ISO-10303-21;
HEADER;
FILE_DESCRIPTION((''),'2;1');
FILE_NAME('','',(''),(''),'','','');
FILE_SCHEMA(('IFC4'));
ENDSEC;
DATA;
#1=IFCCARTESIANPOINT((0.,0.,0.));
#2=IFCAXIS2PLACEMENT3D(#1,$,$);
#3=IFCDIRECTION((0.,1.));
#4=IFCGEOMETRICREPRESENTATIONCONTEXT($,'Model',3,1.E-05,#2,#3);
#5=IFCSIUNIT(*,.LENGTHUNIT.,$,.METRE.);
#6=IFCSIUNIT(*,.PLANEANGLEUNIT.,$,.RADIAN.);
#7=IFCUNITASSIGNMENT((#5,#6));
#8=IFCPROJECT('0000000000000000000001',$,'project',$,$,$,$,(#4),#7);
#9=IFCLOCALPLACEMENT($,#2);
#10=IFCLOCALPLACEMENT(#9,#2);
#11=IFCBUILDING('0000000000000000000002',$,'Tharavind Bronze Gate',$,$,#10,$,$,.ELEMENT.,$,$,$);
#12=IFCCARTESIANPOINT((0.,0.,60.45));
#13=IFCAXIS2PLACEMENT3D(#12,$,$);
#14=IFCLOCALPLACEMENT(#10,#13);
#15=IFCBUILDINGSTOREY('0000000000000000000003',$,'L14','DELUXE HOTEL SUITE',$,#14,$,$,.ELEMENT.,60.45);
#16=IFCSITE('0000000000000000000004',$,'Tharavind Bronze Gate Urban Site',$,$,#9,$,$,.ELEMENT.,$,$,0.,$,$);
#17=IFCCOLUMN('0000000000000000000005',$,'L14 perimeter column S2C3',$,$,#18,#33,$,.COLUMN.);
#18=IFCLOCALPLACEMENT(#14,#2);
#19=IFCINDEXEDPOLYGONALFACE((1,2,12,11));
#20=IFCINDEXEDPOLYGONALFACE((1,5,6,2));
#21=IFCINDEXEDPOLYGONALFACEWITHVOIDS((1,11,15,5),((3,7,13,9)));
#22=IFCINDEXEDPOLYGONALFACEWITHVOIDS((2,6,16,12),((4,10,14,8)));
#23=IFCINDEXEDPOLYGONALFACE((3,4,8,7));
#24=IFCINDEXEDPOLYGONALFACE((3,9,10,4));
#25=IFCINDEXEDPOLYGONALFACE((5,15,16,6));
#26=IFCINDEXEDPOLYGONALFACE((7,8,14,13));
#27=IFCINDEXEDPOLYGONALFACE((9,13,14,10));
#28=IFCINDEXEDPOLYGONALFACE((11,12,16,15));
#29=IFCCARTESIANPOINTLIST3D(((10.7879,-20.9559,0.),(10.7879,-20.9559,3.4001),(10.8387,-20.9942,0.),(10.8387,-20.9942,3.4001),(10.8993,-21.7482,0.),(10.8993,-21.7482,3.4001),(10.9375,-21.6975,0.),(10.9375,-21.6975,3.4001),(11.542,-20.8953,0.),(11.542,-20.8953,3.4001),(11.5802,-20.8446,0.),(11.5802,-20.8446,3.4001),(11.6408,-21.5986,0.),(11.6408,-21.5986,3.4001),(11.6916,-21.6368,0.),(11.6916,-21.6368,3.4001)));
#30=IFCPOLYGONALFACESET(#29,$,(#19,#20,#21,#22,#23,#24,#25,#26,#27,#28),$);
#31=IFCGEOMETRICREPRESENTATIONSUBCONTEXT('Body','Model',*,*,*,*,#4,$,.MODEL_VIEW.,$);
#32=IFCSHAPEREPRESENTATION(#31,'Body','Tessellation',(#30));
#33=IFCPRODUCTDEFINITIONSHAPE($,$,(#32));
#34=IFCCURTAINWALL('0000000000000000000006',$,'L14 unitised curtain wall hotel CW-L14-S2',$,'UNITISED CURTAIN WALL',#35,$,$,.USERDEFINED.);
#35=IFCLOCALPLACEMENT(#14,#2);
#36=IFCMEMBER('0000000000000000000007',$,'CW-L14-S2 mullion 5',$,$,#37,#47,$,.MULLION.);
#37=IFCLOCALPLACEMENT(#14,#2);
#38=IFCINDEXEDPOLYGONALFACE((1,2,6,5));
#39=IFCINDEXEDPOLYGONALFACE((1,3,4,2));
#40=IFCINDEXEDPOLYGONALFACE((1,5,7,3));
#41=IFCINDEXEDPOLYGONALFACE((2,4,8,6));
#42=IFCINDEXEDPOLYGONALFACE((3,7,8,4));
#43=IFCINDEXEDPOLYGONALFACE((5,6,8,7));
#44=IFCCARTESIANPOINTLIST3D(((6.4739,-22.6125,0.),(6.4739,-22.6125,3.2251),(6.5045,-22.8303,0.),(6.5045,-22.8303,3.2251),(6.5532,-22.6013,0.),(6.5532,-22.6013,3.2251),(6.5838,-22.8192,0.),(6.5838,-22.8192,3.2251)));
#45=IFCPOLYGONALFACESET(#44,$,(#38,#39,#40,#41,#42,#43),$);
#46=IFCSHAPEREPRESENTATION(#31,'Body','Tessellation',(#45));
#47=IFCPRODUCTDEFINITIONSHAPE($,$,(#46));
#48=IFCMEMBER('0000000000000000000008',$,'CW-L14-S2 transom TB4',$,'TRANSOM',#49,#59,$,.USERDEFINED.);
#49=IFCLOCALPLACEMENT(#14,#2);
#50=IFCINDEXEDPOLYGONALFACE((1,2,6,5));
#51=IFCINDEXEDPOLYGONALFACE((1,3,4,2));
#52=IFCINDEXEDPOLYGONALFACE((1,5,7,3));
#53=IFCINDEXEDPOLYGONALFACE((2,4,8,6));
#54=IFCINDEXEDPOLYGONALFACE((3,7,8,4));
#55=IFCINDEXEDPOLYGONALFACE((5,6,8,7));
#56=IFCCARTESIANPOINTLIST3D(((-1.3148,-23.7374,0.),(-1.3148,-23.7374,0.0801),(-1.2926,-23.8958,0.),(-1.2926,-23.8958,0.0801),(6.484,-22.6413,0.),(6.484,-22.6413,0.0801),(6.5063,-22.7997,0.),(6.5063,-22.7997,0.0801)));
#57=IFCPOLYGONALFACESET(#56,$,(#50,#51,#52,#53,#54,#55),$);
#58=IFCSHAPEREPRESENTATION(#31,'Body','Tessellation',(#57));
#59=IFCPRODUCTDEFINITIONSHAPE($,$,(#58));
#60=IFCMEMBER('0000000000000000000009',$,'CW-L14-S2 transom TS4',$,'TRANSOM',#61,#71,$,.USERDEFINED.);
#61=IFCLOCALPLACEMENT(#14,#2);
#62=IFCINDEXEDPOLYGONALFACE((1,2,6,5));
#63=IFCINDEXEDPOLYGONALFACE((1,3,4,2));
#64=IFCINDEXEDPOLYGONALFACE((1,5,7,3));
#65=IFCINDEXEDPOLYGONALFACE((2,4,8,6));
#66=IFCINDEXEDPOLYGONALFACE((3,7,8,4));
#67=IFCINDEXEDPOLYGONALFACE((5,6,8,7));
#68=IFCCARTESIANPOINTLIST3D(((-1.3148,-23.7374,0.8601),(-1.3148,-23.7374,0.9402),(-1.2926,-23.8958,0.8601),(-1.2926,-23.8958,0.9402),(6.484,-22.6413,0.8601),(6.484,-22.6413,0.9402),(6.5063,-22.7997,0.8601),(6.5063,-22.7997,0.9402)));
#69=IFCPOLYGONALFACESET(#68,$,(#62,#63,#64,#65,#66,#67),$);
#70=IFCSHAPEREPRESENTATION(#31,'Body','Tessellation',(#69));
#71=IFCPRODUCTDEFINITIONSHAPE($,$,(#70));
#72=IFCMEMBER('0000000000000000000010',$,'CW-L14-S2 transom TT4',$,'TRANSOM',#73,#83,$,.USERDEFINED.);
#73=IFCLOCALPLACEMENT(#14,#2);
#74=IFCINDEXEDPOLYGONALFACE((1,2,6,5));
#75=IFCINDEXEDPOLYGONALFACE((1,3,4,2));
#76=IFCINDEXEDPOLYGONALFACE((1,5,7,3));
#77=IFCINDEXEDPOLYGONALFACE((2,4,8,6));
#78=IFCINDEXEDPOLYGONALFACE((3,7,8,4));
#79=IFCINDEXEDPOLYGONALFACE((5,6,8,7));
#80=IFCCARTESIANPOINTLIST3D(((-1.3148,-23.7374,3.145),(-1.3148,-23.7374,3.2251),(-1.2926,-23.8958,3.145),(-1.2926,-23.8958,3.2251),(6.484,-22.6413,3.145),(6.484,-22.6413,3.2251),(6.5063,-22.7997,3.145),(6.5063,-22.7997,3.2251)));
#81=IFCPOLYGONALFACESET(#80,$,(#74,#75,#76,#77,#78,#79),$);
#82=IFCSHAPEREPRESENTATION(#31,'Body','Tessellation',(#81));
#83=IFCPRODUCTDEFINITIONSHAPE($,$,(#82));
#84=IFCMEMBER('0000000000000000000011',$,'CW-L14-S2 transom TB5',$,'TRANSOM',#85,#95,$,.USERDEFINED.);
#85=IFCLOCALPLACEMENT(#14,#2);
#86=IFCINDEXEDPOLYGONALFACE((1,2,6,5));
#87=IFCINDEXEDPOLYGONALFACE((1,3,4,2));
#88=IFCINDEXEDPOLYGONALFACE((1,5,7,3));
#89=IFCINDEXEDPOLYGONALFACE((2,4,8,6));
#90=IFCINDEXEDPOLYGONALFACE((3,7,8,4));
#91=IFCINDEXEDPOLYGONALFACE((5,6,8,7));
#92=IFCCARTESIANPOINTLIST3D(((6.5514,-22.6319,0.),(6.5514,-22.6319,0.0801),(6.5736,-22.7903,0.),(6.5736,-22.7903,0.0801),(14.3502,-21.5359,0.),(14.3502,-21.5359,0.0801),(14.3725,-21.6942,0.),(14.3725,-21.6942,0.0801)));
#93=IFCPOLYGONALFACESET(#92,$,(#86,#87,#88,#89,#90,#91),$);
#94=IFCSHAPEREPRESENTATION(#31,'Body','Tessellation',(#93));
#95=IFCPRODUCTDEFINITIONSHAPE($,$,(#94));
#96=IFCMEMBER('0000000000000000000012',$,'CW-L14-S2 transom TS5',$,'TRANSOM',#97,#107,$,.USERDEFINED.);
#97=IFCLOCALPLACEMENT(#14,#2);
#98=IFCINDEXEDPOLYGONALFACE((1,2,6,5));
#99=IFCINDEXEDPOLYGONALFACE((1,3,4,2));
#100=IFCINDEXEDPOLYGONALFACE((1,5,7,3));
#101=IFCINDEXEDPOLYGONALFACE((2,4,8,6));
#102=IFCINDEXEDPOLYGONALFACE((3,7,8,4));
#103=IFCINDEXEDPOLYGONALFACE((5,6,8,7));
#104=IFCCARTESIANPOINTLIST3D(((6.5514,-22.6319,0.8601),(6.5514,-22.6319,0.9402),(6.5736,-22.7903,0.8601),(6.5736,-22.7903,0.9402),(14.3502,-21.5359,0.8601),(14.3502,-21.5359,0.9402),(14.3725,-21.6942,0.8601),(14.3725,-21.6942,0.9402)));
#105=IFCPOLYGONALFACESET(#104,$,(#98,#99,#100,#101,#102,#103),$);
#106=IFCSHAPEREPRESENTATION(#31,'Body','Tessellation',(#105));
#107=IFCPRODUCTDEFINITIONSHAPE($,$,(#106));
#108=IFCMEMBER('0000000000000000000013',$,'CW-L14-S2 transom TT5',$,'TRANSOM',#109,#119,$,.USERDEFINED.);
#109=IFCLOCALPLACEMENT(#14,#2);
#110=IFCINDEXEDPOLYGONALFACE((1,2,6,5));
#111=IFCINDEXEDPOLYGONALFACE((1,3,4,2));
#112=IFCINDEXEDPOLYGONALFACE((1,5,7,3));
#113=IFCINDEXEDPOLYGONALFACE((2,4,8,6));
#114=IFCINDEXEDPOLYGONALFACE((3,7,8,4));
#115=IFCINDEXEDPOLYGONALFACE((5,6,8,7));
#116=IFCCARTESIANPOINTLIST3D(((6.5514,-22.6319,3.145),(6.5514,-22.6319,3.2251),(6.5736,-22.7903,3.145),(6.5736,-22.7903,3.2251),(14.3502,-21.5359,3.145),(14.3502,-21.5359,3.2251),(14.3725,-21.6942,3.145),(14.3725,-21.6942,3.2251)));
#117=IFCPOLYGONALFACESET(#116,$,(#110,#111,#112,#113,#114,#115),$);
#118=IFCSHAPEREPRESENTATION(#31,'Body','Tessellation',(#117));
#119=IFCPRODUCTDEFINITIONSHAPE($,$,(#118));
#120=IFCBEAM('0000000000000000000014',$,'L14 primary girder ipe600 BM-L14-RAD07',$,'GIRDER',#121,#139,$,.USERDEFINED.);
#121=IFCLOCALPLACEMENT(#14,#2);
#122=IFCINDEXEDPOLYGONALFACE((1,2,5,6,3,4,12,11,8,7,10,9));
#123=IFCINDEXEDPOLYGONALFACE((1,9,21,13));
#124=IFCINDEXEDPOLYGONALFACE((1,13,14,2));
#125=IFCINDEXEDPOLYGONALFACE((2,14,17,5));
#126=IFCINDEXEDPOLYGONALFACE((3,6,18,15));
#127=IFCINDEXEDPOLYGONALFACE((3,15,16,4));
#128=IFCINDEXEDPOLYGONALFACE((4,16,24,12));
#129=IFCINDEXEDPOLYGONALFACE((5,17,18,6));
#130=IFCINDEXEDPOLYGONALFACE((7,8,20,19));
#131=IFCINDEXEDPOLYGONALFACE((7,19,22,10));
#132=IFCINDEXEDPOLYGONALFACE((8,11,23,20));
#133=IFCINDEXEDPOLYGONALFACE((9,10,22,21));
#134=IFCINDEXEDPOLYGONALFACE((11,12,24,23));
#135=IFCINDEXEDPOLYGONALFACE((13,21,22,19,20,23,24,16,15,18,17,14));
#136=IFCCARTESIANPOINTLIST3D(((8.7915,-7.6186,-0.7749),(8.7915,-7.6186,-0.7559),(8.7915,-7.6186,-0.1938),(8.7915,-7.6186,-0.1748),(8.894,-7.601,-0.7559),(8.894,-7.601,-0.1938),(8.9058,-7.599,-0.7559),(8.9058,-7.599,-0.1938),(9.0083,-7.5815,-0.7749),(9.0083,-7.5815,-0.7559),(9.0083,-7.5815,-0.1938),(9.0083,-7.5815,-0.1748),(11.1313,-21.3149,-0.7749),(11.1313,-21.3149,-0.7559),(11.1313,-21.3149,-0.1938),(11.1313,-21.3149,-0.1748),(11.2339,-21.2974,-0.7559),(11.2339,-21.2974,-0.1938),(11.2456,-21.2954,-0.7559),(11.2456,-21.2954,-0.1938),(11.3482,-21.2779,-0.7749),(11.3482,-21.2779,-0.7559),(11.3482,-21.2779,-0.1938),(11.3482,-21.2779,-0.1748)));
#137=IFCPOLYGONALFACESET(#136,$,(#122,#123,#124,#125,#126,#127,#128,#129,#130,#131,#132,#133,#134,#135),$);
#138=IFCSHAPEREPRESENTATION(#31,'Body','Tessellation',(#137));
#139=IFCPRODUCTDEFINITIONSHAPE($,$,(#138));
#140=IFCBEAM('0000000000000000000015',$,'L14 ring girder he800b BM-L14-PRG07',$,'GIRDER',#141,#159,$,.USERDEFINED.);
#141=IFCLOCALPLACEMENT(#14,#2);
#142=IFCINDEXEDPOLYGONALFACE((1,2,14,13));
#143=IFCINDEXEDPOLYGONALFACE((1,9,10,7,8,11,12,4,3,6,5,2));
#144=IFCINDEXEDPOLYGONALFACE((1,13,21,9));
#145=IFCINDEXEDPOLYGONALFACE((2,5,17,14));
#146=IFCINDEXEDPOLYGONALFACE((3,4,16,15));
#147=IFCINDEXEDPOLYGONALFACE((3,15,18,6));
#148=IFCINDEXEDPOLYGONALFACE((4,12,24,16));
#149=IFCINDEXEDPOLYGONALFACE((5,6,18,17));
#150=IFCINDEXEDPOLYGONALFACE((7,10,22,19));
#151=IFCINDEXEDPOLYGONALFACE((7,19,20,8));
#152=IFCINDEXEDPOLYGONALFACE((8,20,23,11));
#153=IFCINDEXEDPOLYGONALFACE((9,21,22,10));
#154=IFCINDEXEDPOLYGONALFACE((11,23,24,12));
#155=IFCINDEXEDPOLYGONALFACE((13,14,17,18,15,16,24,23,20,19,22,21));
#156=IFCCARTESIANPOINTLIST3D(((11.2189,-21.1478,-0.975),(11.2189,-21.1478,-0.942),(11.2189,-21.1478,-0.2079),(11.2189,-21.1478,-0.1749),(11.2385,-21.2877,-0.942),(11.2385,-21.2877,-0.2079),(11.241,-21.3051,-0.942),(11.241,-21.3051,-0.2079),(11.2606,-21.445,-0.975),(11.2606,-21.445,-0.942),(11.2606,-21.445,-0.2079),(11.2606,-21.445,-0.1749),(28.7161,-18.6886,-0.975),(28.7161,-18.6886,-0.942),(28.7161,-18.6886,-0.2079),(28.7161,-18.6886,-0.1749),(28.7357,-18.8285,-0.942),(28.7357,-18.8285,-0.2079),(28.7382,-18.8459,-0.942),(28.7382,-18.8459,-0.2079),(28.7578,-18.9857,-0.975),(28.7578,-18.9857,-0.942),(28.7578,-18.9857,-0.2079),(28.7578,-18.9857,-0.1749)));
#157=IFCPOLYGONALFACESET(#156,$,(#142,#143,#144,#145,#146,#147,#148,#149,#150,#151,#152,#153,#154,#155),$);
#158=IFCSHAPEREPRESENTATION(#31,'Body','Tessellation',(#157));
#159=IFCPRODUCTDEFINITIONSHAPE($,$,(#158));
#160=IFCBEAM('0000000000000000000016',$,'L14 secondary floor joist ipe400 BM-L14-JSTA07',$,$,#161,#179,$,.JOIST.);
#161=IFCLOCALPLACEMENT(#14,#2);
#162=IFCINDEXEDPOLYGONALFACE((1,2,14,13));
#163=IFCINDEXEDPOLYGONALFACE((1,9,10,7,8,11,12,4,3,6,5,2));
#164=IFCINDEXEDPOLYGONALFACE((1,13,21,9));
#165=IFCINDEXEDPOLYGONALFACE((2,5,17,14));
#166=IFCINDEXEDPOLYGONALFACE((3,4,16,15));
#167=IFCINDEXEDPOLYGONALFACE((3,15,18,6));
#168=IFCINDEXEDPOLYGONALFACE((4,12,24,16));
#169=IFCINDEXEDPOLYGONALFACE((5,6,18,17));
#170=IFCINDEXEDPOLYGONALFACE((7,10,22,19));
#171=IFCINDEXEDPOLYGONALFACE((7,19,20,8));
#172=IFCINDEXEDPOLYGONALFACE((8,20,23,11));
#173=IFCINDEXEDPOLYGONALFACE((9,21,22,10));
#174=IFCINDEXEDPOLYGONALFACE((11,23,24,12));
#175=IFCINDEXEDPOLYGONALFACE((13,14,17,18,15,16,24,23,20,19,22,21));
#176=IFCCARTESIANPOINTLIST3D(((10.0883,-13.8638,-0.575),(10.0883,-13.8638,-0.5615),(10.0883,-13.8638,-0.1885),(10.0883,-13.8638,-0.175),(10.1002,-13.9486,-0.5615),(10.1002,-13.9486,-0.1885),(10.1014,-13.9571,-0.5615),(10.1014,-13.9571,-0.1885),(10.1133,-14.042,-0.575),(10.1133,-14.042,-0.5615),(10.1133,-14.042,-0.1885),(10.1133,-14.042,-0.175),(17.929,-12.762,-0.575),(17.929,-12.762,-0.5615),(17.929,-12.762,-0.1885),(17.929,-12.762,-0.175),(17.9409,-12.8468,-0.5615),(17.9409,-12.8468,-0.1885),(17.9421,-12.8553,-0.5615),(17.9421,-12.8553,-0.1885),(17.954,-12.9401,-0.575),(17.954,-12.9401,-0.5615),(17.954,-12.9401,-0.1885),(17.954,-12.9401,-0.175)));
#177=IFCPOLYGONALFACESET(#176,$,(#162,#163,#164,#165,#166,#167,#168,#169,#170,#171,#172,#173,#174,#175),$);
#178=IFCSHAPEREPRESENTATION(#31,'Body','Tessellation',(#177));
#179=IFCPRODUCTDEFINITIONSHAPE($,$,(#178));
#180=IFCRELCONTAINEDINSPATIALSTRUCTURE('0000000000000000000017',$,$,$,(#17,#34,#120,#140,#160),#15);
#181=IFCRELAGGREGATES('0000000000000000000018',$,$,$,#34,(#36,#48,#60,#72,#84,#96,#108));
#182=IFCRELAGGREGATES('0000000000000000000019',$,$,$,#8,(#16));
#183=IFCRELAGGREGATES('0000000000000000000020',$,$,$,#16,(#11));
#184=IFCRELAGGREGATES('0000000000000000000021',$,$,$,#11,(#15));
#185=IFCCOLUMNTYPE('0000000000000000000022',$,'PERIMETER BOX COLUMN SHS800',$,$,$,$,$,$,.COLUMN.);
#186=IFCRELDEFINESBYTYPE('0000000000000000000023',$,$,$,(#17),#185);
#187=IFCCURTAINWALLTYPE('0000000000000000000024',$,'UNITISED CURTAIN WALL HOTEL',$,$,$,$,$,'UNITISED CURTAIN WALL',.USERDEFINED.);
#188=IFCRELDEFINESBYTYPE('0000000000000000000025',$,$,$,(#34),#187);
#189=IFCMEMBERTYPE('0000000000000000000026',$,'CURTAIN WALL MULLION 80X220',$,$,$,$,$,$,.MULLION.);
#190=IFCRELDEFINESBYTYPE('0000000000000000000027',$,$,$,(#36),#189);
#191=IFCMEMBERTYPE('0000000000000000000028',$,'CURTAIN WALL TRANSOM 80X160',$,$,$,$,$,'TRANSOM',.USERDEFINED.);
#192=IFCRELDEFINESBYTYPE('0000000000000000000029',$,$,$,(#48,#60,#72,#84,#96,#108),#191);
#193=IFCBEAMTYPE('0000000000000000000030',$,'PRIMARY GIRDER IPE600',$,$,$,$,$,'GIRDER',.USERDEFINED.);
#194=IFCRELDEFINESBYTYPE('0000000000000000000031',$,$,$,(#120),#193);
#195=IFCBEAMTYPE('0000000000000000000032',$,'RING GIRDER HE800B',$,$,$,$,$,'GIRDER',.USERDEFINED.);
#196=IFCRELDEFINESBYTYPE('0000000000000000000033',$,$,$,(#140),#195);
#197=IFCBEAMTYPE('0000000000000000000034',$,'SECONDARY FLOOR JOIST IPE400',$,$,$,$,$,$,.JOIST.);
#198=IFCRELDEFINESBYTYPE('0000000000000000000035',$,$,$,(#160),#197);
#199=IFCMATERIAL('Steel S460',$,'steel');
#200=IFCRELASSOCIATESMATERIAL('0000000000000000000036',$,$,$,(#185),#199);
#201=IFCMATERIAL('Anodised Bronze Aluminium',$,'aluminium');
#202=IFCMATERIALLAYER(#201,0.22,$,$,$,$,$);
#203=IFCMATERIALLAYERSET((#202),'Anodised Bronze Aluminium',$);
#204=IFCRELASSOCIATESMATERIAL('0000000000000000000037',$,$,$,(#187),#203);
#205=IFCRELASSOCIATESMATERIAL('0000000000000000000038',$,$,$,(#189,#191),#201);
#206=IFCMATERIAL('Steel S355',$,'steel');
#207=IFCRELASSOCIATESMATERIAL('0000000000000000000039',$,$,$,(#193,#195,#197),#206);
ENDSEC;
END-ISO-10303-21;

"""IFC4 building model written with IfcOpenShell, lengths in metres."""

from ifc_helpers import new_model, si_unit, direction, frame, origin, origin_2d, place, context, subcontext, project, spatial, rectangle, hollow_rectangle, i_section, extrude, material, layer, layer_set, material_profile, profile_set, type_object, element, aggregate, save


model = new_model("IFC4")

# Units and contexts
model_context = context("Model", 3, precision=1e-05, world=origin(), true_north=direction((0.0, 1.0)))
body_context = subcontext(model_context, "Body", "Model", "MODEL_VIEW")
ifc_project = project(units=[si_unit("LENGTHUNIT", "METRE"), si_unit("PLANEANGLEUNIT", "RADIAN")], contexts=[model_context])

# Site, building, storey
site_placement = place(None, origin())
site = spatial("IfcSite", under=ifc_project, at=site_placement, Name="Tharavind Bronze Gate Urban Site", CompositionType="ELEMENT", RefElevation=0.0)
building_placement = place(site_placement, origin())
building = spatial("IfcBuilding", under=site, at=building_placement, Name="Tharavind Bronze Gate", CompositionType="ELEMENT")
storey_placement = place(building_placement, frame((0.0, 0.0, 60.45)))
storey = spatial("IfcBuildingStorey", under=building, at=storey_placement, Name="L14", Description="DELUXE HOTEL SUITE", CompositionType="ELEMENT", Elevation=60.45)

# Column
ifc_material_1 = material(Name="Steel S460", Category="steel")
ifc_material_profile_1 = material_profile(ifc_material_1, hollow_rectangle(XDim=0.8, YDim=0.8, WallThickness=0.0449, at=origin_2d()), Name="SHS800X45")
ifc_profile_set_1 = profile_set([ifc_material_profile_1], Name="Steel S460")
column_type = type_object("IfcColumnType", Name="PERIMETER BOX COLUMN SHS800", PredefinedType="COLUMN", material=ifc_profile_set_1)
column_placement = place(storey_placement, frame((11.2397, -21.2964, 0.0), z_axis=(0.0, 0.0, 1.0), x_axis=(0.990268, 0.139173, 0.0)))
element("IfcColumn", 1, at=column_placement, inside=storey, type_object=column_type, Name="L14 perimeter column S2C3", PredefinedType="COLUMN", context=body_context, shape_type="SweptSolid", body=[
    extrude(hollow_rectangle(XDim=0.8, YDim=0.8, WallThickness=0.0449, at=origin_2d()), origin(), (0.0, 0.0, 1.0), 3.4001),
])

# Curtain wall, members
ifc_material_2 = material(Name="Anodised Bronze Aluminium", Category="aluminium")
ifc_layer_1 = layer(ifc_material_2, 0.22)
ifc_layer_set_1 = layer_set([ifc_layer_1], Name="Anodised Bronze Aluminium")
curtain_wall_type = type_object("IfcCurtainWallType", Name="UNITISED CURTAIN WALL HOTEL", ElementType="UNITISED CURTAIN WALL", PredefinedType="USERDEFINED", material=ifc_layer_set_1)
curtain_wall_placement = place(storey_placement, origin())
curtain_wall = element("IfcCurtainWall", 2, at=curtain_wall_placement, inside=storey, type_object=curtain_wall_type, Name="L14 unitised curtain wall hotel CW-L14-S2", ObjectType="UNITISED CURTAIN WALL", PredefinedType="USERDEFINED")
member_type_1 = type_object("IfcMemberType", Name="CURTAIN WALL MULLION 80X220", PredefinedType="MULLION", material=ifc_material_2)
member_1_placement = place(storey_placement, frame((6.5288, -22.7158, 0.0), z_axis=(0.0, 0.0, 1.0), x_axis=(0.990268, 0.139173, 0.0)))
member_1 = element("IfcMember", 3, at=member_1_placement, type_object=member_type_1, Name="CW-L14-S2 mullion 5", PredefinedType="MULLION", context=body_context, shape_type="SweptSolid", body=[
    extrude(rectangle(XDim=0.0801, YDim=0.22, at=origin_2d()), origin(), (0.0, 0.0, 1.0), 3.2251),
])
member_type_2 = type_object("IfcMemberType", Name="CURTAIN WALL TRANSOM 80X160", ElementType="TRANSOM", PredefinedType="USERDEFINED", material=ifc_material_2)
member_2_placement = place(storey_placement, frame((2.5957, -23.2686, 0.0), z_axis=(0.0, 0.0, 1.0), x_axis=(0.990268, 0.139173, 0.0)))
member_2 = element("IfcMember", 4, at=member_2_placement, type_object=member_type_2, Name="CW-L14-S2 transom TB4", ObjectType="TRANSOM", PredefinedType="USERDEFINED", context=body_context, shape_type="SweptSolid", body=[
    extrude(rectangle(XDim=7.8755, YDim=0.1599, at=origin_2d()), origin(), (0.0, 0.0, 1.0), 0.0801),
])
member_3_placement = place(storey_placement, frame((2.5957, -23.2686, 0.8601), z_axis=(0.0, 0.0, 1.0), x_axis=(0.990268, 0.139173, 0.0)))
member_3 = element("IfcMember", 5, at=member_3_placement, type_object=member_type_2, Name="CW-L14-S2 transom TS4", ObjectType="TRANSOM", PredefinedType="USERDEFINED", context=body_context, shape_type="SweptSolid", body=[
    extrude(rectangle(XDim=7.8755, YDim=0.1599, at=origin_2d()), origin(), (0.0, 0.0, 1.0), 0.0801),
])
member_4_placement = place(storey_placement, frame((2.5957, -23.2686, 3.145), z_axis=(0.0, 0.0, 1.0), x_axis=(0.990268, 0.139173, 0.0)))
member_4 = element("IfcMember", 6, at=member_4_placement, type_object=member_type_2, Name="CW-L14-S2 transom TT4", ObjectType="TRANSOM", PredefinedType="USERDEFINED", context=body_context, shape_type="SweptSolid", body=[
    extrude(rectangle(XDim=7.8755, YDim=0.1599, at=origin_2d()), origin(), (0.0, 0.0, 1.0), 0.0801),
])
member_5_placement = place(storey_placement, frame((10.4619, -22.1631, 0.0), z_axis=(0.0, 0.0, 1.0), x_axis=(0.990268, 0.139173, 0.0)))
member_5 = element("IfcMember", 7, at=member_5_placement, type_object=member_type_2, Name="CW-L14-S2 transom TB5", ObjectType="TRANSOM", PredefinedType="USERDEFINED", context=body_context, shape_type="SweptSolid", body=[
    extrude(rectangle(XDim=7.8755, YDim=0.1599, at=origin_2d()), origin(), (0.0, 0.0, 1.0), 0.0801),
])
member_6_placement = place(storey_placement, frame((10.4619, -22.1631, 0.8601), z_axis=(0.0, 0.0, 1.0), x_axis=(0.990268, 0.139173, 0.0)))
member_6 = element("IfcMember", 8, at=member_6_placement, type_object=member_type_2, Name="CW-L14-S2 transom TS5", ObjectType="TRANSOM", PredefinedType="USERDEFINED", context=body_context, shape_type="SweptSolid", body=[
    extrude(rectangle(XDim=7.8755, YDim=0.1599, at=origin_2d()), origin(), (0.0, 0.0, 1.0), 0.0801),
])
member_7_placement = place(storey_placement, frame((10.4619, -22.1631, 3.145), z_axis=(0.0, 0.0, 1.0), x_axis=(0.990268, 0.139173, 0.0)))
member_7 = element("IfcMember", 9, at=member_7_placement, type_object=member_type_2, Name="CW-L14-S2 transom TT5", ObjectType="TRANSOM", PredefinedType="USERDEFINED", context=body_context, shape_type="SweptSolid", body=[
    extrude(rectangle(XDim=7.8755, YDim=0.1599, at=origin_2d()), origin(), (0.0, 0.0, 1.0), 0.0801),
])

# Beams
ifc_material_3 = material(Name="Steel S355", Category="steel")
ifc_material_profile_2 = material_profile(ifc_material_3, i_section(OverallWidth=0.22, OverallDepth=0.6001, WebThickness=0.012, FlangeThickness=0.019, at=origin_2d()), Name="IPE600")
ifc_profile_set_2 = profile_set([ifc_material_profile_2], Name="Steel S355")
beam_type_1 = type_object("IfcBeamType", Name="PRIMARY GIRDER IPE600", ElementType="GIRDER", PredefinedType="USERDEFINED", material=ifc_profile_set_2)
beam_1_placement = place(storey_placement, frame((11.2397, -21.2964, -0.4749), z_axis=(-0.168398, 0.985719, 0.0), x_axis=(-0.985719, -0.168398, 0.0)))
element("IfcBeam", 10, at=beam_1_placement, inside=storey, type_object=beam_type_1, Name="L14 primary girder ipe600 BM-L14-RAD07", ObjectType="GIRDER", PredefinedType="USERDEFINED", context=body_context, shape_type="SweptSolid", body=[
    extrude(i_section(OverallWidth=0.22, OverallDepth=0.6001, WebThickness=0.012, FlangeThickness=0.019, at=origin_2d()), origin(), (0.0, 0.0, 1.0), 13.8948),
])
ifc_material_profile_3 = material_profile(ifc_material_3, i_section(OverallWidth=0.3, OverallDepth=0.8, WebThickness=0.0176, FlangeThickness=0.033, at=origin_2d()), Name="HE800B")
ifc_profile_set_3 = profile_set([ifc_material_profile_3], Name="Steel S355")
beam_type_2 = type_object("IfcBeamType", Name="RING GIRDER HE800B", ElementType="GIRDER", PredefinedType="USERDEFINED", material=ifc_profile_set_3)
beam_2_placement = place(storey_placement, frame((11.2397, -21.2964, -0.575), z_axis=(0.990267, 0.139181, 0.0), x_axis=(-0.139181, 0.990267, 0.0)))
element("IfcBeam", 11, at=beam_2_placement, inside=storey, type_object=beam_type_2, Name="L14 ring girder he800b BM-L14-PRG07", ObjectType="GIRDER", PredefinedType="USERDEFINED", context=body_context, shape_type="SweptSolid", body=[
    extrude(i_section(OverallWidth=0.3, OverallDepth=0.8, WebThickness=0.0176, FlangeThickness=0.033, at=origin_2d()), origin(), (0.0, 0.0, 1.0), 17.6692),
])
ifc_material_profile_4 = material_profile(ifc_material_3, i_section(OverallWidth=0.1799, OverallDepth=0.3999, WebThickness=0.0085, FlangeThickness=0.0134, at=origin_2d()), Name="IPE400")
ifc_profile_set_4 = profile_set([ifc_material_profile_4], Name="Steel S355")
beam_type_3 = type_object("IfcBeamType", Name="SECONDARY FLOOR JOIST IPE400", PredefinedType="JOIST", material=ifc_profile_set_4)
beam_3_placement = place(storey_placement, frame((10.1008, -13.9529, -0.375), z_axis=(0.99027, 0.139159, 0.0), x_axis=(-0.139159, 0.99027, 0.0)))
element("IfcBeam", 12, at=beam_3_placement, inside=storey, type_object=beam_type_3, Name="L14 secondary floor joist ipe400 BM-L14-JSTA07", PredefinedType="JOIST", context=body_context, shape_type="SweptSolid", body=[
    extrude(i_section(OverallWidth=0.1799, OverallDepth=0.3999, WebThickness=0.0085, FlangeThickness=0.0134, at=origin_2d()), origin(), (0.0, 0.0, 1.0), 7.9177),
])

aggregate(curtain_wall, [member_1, member_2, member_3, member_4, member_5, member_6, member_7])

save(model, "model.ifc")
